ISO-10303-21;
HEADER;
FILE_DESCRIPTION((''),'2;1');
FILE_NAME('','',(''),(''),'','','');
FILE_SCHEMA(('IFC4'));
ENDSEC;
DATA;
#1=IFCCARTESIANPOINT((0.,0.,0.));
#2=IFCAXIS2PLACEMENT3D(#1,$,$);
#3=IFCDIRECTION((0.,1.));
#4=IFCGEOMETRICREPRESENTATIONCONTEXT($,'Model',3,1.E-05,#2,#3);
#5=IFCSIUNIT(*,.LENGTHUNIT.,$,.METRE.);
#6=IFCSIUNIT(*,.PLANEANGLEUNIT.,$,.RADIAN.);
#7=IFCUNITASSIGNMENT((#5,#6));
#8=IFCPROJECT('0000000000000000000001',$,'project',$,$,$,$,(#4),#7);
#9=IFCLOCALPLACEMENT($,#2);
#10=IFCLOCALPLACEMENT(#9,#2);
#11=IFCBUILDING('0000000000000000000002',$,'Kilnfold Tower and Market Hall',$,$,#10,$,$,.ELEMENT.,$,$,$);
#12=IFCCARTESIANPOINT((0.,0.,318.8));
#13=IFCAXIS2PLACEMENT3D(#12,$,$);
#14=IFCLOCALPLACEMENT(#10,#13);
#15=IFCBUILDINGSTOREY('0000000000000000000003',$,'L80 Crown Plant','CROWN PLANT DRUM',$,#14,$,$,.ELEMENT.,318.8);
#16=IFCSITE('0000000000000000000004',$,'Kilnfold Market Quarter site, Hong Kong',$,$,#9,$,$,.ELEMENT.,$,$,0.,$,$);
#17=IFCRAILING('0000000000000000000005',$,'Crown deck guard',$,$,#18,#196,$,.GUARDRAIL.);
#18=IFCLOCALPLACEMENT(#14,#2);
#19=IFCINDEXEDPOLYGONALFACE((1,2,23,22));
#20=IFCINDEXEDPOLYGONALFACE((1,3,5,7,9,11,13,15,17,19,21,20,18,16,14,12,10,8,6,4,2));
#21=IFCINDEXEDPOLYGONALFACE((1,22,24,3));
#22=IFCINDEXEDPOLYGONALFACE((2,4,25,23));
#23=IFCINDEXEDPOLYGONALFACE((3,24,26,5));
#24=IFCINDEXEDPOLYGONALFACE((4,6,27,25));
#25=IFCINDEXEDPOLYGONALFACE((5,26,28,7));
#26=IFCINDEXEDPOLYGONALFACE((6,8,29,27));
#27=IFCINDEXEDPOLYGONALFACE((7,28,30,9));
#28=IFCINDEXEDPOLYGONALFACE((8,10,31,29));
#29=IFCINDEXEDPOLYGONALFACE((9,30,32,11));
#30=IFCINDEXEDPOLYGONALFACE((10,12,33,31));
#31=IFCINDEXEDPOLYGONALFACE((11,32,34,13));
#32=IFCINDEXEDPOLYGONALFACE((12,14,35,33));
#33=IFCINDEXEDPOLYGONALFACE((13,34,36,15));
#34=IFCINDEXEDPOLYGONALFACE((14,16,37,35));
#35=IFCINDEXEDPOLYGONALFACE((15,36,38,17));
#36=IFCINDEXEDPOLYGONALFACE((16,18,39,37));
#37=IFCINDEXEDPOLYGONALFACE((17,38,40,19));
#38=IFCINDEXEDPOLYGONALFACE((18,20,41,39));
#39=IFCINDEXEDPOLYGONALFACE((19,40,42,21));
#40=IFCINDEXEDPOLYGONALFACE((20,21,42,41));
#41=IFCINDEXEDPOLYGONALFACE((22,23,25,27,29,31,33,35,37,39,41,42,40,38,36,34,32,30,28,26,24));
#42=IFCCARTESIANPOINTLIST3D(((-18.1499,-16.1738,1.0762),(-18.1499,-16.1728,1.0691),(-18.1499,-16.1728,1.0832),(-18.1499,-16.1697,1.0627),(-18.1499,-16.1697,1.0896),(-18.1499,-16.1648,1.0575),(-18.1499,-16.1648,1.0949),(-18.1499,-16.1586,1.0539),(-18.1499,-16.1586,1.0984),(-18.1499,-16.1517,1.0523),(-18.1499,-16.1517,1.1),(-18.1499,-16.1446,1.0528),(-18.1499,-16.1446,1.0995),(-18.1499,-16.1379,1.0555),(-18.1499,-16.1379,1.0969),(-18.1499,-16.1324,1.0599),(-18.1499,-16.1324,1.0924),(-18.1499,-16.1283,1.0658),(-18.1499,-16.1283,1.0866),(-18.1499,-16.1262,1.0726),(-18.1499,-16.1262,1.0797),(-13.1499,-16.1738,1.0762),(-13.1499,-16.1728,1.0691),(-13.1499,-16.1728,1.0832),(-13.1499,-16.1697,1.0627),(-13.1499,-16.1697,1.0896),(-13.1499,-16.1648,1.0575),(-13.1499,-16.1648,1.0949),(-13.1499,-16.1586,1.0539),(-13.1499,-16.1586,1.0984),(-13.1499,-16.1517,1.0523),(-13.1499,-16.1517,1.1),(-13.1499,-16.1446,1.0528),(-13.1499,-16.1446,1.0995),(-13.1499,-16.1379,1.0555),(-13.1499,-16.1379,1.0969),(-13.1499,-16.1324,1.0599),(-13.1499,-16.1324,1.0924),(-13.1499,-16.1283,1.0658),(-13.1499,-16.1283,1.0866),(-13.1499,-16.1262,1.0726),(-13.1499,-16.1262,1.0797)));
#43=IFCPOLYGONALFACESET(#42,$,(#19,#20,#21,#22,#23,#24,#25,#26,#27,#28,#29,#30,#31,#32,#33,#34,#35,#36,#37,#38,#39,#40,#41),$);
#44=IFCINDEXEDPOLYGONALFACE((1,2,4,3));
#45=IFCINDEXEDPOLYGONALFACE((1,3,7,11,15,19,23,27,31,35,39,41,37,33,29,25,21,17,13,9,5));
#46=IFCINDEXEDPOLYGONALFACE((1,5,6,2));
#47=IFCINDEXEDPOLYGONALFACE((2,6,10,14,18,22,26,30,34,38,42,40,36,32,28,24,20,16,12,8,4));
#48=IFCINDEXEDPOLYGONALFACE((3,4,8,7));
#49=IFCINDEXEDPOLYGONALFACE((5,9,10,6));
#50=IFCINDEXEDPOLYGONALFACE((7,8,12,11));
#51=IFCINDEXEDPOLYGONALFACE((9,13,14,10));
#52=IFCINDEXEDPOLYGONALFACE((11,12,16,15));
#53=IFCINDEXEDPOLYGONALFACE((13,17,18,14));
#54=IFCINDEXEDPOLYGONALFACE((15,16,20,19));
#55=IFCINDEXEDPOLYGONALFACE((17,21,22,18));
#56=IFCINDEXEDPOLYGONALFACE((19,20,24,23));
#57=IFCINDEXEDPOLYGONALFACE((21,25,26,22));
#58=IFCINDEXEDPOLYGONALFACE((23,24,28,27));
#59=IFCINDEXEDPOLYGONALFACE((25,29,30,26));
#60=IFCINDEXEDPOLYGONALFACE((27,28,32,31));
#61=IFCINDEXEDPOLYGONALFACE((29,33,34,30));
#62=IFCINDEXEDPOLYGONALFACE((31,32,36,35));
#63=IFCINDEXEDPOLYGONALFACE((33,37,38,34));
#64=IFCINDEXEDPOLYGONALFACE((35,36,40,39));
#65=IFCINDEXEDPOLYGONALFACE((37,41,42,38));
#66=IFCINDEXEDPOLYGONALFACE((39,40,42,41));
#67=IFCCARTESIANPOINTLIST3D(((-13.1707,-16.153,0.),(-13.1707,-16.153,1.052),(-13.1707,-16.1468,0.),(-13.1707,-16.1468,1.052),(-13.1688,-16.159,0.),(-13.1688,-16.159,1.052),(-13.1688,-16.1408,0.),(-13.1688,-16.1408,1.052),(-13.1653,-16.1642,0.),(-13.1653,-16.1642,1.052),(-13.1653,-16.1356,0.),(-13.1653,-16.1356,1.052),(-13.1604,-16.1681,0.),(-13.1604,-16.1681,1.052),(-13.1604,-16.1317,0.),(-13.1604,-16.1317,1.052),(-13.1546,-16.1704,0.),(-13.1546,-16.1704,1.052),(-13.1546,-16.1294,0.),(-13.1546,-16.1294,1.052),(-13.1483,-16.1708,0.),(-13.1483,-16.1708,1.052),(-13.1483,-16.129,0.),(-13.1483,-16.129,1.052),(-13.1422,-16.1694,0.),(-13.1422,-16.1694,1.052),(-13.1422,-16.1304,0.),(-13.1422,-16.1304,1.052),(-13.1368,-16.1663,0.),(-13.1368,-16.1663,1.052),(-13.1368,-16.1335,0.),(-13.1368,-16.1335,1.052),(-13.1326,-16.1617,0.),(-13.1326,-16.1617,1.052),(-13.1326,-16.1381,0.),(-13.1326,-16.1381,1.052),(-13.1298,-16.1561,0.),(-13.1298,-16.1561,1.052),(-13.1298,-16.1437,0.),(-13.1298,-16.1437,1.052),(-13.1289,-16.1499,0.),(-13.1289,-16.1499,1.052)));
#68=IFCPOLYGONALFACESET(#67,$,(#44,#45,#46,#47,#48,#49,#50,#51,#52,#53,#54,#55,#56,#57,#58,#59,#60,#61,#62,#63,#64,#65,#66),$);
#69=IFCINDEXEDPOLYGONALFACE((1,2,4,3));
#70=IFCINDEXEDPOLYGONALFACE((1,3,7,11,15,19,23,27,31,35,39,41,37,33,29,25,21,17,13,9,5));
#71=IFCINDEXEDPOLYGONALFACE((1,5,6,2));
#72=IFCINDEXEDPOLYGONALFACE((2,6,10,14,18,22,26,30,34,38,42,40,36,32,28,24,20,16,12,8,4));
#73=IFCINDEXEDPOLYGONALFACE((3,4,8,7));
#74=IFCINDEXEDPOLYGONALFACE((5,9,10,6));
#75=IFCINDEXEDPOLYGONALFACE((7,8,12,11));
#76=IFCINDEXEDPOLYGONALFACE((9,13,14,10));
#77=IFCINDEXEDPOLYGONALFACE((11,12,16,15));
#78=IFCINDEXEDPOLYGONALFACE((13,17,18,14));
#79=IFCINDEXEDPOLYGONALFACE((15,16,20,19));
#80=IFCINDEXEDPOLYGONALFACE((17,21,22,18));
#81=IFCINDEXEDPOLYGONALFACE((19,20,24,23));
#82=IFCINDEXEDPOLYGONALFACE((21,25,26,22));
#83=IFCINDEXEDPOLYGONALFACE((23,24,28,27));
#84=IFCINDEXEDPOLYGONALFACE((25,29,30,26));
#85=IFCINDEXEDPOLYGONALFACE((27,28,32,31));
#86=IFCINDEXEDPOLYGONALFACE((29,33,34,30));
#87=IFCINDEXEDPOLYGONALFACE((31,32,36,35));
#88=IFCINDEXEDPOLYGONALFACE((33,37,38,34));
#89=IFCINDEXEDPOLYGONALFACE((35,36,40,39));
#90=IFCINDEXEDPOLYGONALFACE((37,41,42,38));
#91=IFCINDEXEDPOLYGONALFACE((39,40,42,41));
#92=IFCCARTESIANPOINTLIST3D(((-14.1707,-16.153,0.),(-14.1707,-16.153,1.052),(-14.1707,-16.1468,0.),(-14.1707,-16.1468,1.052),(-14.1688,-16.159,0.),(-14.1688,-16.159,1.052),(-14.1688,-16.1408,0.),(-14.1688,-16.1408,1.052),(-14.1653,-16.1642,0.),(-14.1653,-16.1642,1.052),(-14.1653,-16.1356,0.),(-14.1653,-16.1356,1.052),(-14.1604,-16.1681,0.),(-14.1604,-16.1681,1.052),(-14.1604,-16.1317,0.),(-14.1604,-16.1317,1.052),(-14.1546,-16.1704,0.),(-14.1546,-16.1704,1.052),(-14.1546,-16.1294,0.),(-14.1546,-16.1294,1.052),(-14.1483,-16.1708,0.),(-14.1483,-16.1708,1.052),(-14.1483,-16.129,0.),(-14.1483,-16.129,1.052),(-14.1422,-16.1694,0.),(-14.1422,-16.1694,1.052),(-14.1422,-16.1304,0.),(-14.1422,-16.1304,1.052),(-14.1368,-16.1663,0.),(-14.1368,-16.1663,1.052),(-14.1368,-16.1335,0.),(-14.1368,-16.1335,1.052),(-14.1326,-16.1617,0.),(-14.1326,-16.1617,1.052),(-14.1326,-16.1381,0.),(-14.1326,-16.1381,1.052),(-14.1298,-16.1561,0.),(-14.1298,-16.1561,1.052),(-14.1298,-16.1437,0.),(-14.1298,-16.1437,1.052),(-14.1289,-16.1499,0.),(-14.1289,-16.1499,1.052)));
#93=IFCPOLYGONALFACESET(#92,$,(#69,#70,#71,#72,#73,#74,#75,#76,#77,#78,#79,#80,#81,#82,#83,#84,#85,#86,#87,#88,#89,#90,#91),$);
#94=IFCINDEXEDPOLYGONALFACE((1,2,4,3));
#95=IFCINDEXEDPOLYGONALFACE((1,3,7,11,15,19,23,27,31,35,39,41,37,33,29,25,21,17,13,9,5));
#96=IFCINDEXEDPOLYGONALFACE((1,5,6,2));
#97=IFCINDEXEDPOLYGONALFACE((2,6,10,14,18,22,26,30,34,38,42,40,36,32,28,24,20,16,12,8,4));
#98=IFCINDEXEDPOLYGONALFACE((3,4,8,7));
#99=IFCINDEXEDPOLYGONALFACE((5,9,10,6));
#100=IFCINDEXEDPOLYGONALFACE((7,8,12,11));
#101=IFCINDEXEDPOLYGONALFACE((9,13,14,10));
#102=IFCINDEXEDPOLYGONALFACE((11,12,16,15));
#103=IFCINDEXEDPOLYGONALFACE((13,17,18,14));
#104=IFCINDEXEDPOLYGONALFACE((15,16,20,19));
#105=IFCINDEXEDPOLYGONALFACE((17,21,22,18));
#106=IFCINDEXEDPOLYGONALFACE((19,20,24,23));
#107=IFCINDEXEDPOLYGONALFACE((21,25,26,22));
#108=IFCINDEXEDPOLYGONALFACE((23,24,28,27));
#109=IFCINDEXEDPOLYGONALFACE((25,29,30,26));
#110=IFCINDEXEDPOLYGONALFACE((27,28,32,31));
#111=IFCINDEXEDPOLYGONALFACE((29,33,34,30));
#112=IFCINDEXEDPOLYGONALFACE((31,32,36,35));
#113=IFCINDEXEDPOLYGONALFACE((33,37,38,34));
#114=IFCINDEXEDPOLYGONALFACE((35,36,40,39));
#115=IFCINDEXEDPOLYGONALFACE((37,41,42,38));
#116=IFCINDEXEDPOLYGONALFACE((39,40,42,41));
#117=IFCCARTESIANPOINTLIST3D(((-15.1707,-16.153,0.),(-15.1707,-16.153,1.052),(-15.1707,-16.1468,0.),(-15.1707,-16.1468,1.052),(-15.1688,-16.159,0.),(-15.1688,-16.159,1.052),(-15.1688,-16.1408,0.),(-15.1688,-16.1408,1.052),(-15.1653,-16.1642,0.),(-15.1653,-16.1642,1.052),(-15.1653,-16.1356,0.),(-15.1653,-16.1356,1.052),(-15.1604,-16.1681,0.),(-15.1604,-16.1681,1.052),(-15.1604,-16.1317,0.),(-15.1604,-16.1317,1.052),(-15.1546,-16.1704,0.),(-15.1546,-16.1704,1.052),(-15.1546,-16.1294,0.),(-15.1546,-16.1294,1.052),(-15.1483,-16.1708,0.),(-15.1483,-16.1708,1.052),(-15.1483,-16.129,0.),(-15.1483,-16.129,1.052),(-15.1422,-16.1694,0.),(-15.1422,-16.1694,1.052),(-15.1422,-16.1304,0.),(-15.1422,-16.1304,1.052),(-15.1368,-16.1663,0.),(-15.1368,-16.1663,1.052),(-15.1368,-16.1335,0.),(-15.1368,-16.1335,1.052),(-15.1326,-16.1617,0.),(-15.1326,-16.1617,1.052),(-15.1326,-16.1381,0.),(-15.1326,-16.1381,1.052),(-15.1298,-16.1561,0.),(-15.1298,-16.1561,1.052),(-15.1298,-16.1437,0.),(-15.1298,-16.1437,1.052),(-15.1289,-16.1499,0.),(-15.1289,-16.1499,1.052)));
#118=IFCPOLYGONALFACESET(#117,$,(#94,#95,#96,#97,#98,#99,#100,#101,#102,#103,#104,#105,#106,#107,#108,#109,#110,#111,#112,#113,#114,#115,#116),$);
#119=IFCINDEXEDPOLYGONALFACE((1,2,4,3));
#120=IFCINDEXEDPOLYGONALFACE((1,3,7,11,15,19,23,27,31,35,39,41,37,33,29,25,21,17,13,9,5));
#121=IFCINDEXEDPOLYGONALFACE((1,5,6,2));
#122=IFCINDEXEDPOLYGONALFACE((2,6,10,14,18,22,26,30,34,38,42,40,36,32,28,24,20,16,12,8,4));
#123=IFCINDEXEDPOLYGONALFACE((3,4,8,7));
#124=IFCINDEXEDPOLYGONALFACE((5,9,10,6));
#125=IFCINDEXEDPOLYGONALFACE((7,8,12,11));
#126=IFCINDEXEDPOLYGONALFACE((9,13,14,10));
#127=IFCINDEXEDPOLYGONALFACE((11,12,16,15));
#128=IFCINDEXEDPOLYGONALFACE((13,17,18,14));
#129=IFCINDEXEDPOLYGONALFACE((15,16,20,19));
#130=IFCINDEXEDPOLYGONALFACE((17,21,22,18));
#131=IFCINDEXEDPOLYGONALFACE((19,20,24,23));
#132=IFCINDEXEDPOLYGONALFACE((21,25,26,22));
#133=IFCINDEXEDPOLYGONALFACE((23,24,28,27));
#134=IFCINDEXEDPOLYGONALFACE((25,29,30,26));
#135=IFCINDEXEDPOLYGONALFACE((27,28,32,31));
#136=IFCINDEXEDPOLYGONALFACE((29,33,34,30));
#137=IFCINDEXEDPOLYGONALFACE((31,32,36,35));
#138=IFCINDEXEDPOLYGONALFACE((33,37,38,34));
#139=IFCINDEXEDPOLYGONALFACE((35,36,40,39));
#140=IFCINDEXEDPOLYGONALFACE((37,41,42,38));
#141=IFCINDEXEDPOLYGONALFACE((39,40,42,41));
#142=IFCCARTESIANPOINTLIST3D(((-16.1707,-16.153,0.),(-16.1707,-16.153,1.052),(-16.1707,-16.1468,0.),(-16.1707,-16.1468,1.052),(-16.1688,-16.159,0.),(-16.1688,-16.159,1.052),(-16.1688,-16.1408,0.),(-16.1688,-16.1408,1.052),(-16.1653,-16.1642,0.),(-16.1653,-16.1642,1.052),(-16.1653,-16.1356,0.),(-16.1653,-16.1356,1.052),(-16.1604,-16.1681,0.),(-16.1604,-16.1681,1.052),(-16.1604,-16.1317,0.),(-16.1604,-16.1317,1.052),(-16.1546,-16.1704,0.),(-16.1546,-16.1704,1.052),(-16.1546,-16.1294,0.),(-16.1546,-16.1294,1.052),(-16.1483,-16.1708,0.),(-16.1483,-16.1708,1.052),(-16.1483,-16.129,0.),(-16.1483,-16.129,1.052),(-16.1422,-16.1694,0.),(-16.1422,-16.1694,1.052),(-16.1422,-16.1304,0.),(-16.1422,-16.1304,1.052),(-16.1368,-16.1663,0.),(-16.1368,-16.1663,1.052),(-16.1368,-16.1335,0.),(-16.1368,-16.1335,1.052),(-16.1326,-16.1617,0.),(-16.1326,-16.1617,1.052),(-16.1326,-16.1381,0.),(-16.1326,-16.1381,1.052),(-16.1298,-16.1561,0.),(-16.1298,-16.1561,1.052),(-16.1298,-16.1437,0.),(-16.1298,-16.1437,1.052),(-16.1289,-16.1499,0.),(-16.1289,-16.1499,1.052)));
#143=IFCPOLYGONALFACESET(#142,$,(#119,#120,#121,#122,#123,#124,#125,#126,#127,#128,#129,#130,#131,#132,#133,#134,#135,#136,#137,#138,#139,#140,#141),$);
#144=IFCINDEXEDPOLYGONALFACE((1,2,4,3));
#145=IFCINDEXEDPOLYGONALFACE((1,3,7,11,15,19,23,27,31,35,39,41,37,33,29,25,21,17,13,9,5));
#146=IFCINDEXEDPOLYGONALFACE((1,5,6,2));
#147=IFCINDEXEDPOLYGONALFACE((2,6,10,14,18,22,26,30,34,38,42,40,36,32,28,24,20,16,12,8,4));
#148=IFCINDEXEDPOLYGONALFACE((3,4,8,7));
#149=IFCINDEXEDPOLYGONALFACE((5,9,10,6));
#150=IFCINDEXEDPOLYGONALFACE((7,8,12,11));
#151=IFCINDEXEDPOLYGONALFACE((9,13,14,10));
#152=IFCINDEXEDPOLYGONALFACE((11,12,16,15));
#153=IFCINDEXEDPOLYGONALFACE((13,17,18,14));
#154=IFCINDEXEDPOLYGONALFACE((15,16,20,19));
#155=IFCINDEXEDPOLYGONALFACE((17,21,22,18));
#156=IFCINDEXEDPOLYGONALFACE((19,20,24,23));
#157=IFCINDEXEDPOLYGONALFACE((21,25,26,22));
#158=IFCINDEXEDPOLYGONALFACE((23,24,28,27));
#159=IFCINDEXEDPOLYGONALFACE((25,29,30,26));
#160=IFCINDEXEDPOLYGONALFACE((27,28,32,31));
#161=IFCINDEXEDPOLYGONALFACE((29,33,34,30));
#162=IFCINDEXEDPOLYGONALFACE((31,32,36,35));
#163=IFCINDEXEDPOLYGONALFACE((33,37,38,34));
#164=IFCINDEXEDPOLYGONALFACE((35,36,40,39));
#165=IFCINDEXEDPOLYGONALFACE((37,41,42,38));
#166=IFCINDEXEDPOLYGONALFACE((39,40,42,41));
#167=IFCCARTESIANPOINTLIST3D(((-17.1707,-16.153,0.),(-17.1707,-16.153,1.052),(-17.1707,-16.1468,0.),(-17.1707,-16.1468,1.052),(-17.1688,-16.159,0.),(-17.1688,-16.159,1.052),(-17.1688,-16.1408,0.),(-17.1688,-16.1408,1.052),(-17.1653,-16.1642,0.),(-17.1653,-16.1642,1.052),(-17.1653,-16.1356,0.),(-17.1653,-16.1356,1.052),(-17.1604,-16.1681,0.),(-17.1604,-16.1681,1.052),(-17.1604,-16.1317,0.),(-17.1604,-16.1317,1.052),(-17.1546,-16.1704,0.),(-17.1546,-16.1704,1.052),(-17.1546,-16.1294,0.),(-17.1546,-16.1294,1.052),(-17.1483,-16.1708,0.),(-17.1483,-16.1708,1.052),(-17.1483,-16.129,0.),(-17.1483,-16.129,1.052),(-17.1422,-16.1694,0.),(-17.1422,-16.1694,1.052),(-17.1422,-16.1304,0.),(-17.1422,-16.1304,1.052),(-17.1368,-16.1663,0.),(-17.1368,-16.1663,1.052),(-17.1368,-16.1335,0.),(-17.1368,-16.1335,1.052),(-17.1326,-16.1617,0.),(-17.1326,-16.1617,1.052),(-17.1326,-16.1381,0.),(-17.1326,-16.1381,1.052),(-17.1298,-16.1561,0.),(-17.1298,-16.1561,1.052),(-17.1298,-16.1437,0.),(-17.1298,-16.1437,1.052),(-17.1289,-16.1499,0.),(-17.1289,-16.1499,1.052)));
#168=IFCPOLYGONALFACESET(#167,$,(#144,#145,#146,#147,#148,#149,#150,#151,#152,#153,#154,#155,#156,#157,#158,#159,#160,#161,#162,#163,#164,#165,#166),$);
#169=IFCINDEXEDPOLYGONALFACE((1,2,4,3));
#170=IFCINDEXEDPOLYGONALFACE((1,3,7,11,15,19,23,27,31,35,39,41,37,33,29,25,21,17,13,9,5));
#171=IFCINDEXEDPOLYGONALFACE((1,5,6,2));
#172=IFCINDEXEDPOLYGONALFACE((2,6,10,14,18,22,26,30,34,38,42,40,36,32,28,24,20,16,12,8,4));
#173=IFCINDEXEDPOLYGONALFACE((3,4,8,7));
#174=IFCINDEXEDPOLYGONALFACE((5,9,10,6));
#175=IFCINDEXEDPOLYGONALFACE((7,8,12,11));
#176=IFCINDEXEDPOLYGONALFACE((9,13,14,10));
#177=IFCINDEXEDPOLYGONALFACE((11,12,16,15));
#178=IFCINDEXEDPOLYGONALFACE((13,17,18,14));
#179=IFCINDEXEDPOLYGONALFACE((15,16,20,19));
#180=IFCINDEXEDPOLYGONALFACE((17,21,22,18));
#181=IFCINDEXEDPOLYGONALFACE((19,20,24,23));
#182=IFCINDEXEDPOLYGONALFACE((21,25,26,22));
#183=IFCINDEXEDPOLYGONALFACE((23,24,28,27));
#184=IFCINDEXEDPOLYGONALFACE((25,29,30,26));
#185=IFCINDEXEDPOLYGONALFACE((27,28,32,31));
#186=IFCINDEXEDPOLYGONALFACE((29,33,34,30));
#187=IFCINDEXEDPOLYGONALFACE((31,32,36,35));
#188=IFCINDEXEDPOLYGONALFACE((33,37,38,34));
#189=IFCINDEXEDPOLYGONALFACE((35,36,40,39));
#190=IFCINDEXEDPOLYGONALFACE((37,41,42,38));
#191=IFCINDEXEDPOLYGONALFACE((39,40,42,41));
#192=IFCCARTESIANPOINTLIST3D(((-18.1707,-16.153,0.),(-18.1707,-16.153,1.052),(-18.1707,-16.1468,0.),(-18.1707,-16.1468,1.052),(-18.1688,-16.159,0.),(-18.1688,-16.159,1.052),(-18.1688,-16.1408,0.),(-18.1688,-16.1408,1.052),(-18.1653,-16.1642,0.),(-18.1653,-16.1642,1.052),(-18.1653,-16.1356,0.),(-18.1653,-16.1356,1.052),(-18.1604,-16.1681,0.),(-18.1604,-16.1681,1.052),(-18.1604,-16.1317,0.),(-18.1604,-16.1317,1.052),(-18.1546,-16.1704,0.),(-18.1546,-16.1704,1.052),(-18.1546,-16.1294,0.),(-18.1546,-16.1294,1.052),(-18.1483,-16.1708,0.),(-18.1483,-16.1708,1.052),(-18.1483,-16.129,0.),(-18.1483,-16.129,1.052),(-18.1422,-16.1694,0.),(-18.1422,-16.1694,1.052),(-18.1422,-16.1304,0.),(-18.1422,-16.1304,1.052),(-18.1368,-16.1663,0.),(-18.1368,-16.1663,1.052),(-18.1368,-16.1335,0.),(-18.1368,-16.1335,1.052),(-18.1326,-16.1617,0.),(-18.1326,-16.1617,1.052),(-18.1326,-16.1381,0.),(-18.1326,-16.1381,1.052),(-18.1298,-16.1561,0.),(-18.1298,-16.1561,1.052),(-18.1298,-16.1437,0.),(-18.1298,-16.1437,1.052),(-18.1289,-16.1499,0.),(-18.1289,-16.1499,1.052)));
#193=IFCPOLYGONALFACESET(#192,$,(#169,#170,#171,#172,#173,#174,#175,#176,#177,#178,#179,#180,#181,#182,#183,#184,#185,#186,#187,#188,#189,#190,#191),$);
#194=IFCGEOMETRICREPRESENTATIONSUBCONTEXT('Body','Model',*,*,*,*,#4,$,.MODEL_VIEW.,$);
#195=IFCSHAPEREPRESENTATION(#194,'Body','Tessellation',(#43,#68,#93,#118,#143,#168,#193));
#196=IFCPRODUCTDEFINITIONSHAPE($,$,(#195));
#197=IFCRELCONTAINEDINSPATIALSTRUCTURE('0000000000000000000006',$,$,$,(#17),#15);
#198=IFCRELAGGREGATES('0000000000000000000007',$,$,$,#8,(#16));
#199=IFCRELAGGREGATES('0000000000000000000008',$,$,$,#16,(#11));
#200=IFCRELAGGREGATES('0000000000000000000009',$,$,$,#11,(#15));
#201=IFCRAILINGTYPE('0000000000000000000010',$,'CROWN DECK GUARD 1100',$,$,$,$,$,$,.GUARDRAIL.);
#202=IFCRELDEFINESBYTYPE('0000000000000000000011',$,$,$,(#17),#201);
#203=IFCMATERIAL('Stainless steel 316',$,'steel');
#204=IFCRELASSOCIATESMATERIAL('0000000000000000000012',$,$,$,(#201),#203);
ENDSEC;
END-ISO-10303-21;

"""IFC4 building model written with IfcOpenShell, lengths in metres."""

from ifc_helpers import new_model, si_unit, direction, frame, origin, origin_2d, place, context, subcontext, project, spatial, circle, extrude, material, type_object, element, save


model = new_model("IFC4")

# Units and contexts
model_context = context("Model", 3, precision=1e-05, world=origin(), true_north=direction((0.0, 1.0)))
body_context = subcontext(model_context, "Body", "Model", "MODEL_VIEW")
ifc_project = project(units=[si_unit("LENGTHUNIT", "METRE"), si_unit("PLANEANGLEUNIT", "RADIAN")], contexts=[model_context])

# Site, building, storey
site_placement = place(None, origin())
site = spatial("IfcSite", under=ifc_project, at=site_placement, Name="Kilnfold Market Quarter site, Hong Kong", CompositionType="ELEMENT", RefElevation=0.0)
building_placement = place(site_placement, origin())
building = spatial("IfcBuilding", under=site, at=building_placement, Name="Kilnfold Tower and Market Hall", CompositionType="ELEMENT")
storey_placement = place(building_placement, frame((0.0, 0.0, 318.8)))
storey = spatial("IfcBuildingStorey", under=building, at=storey_placement, Name="L80 Crown Plant", Description="CROWN PLANT DRUM", CompositionType="ELEMENT", Elevation=318.8)

# Railing
ifc_material_1 = material(Name="Stainless steel 316", Category="steel")
railing_type_1 = type_object("IfcRailingType", Name="CROWN DECK GUARD 1100", PredefinedType="GUARDRAIL", material=ifc_material_1)
railing_1_placement = place(storey_placement, frame((-13.1499, -16.1499, 0.0)))
element("IfcRailing", 1, at=railing_1_placement, inside=storey, type_object=railing_type_1, Name="Crown deck guard", PredefinedType="GUARDRAIL", context=body_context, shape_type="SweptSolid", body=[
    extrude(circle(Radius=0.0239, at=origin_2d()), frame((0.0, 0.0, 1.0762), z_axis=(-1.0, 0.0, 0.0), x_axis=(0.0, -1.0, 0.0)), (0.0, 0.0, 1.0), 5.0),
    extrude(circle(Radius=0.021, at=origin_2d()), origin(), (0.0, 0.0, 1.0), 1.052),
    extrude(circle(Radius=0.021, at=origin_2d()), frame((-1.0, 0.0, 0.0)), (0.0, 0.0, 1.0), 1.052),
    extrude(circle(Radius=0.021, at=origin_2d()), frame((-2.0, 0.0, 0.0)), (0.0, 0.0, 1.0), 1.052),
    extrude(circle(Radius=0.021, at=origin_2d()), frame((-3.0, 0.0, 0.0)), (0.0, 0.0, 1.0), 1.052),
    extrude(circle(Radius=0.021, at=origin_2d()), frame((-4.0, 0.0, 0.0)), (0.0, 0.0, 1.0), 1.052),
    extrude(circle(Radius=0.021, at=origin_2d()), frame((-5.0, 0.0, 0.0)), (0.0, 0.0, 1.0), 1.052),
])

save(model, "model.ifc")
